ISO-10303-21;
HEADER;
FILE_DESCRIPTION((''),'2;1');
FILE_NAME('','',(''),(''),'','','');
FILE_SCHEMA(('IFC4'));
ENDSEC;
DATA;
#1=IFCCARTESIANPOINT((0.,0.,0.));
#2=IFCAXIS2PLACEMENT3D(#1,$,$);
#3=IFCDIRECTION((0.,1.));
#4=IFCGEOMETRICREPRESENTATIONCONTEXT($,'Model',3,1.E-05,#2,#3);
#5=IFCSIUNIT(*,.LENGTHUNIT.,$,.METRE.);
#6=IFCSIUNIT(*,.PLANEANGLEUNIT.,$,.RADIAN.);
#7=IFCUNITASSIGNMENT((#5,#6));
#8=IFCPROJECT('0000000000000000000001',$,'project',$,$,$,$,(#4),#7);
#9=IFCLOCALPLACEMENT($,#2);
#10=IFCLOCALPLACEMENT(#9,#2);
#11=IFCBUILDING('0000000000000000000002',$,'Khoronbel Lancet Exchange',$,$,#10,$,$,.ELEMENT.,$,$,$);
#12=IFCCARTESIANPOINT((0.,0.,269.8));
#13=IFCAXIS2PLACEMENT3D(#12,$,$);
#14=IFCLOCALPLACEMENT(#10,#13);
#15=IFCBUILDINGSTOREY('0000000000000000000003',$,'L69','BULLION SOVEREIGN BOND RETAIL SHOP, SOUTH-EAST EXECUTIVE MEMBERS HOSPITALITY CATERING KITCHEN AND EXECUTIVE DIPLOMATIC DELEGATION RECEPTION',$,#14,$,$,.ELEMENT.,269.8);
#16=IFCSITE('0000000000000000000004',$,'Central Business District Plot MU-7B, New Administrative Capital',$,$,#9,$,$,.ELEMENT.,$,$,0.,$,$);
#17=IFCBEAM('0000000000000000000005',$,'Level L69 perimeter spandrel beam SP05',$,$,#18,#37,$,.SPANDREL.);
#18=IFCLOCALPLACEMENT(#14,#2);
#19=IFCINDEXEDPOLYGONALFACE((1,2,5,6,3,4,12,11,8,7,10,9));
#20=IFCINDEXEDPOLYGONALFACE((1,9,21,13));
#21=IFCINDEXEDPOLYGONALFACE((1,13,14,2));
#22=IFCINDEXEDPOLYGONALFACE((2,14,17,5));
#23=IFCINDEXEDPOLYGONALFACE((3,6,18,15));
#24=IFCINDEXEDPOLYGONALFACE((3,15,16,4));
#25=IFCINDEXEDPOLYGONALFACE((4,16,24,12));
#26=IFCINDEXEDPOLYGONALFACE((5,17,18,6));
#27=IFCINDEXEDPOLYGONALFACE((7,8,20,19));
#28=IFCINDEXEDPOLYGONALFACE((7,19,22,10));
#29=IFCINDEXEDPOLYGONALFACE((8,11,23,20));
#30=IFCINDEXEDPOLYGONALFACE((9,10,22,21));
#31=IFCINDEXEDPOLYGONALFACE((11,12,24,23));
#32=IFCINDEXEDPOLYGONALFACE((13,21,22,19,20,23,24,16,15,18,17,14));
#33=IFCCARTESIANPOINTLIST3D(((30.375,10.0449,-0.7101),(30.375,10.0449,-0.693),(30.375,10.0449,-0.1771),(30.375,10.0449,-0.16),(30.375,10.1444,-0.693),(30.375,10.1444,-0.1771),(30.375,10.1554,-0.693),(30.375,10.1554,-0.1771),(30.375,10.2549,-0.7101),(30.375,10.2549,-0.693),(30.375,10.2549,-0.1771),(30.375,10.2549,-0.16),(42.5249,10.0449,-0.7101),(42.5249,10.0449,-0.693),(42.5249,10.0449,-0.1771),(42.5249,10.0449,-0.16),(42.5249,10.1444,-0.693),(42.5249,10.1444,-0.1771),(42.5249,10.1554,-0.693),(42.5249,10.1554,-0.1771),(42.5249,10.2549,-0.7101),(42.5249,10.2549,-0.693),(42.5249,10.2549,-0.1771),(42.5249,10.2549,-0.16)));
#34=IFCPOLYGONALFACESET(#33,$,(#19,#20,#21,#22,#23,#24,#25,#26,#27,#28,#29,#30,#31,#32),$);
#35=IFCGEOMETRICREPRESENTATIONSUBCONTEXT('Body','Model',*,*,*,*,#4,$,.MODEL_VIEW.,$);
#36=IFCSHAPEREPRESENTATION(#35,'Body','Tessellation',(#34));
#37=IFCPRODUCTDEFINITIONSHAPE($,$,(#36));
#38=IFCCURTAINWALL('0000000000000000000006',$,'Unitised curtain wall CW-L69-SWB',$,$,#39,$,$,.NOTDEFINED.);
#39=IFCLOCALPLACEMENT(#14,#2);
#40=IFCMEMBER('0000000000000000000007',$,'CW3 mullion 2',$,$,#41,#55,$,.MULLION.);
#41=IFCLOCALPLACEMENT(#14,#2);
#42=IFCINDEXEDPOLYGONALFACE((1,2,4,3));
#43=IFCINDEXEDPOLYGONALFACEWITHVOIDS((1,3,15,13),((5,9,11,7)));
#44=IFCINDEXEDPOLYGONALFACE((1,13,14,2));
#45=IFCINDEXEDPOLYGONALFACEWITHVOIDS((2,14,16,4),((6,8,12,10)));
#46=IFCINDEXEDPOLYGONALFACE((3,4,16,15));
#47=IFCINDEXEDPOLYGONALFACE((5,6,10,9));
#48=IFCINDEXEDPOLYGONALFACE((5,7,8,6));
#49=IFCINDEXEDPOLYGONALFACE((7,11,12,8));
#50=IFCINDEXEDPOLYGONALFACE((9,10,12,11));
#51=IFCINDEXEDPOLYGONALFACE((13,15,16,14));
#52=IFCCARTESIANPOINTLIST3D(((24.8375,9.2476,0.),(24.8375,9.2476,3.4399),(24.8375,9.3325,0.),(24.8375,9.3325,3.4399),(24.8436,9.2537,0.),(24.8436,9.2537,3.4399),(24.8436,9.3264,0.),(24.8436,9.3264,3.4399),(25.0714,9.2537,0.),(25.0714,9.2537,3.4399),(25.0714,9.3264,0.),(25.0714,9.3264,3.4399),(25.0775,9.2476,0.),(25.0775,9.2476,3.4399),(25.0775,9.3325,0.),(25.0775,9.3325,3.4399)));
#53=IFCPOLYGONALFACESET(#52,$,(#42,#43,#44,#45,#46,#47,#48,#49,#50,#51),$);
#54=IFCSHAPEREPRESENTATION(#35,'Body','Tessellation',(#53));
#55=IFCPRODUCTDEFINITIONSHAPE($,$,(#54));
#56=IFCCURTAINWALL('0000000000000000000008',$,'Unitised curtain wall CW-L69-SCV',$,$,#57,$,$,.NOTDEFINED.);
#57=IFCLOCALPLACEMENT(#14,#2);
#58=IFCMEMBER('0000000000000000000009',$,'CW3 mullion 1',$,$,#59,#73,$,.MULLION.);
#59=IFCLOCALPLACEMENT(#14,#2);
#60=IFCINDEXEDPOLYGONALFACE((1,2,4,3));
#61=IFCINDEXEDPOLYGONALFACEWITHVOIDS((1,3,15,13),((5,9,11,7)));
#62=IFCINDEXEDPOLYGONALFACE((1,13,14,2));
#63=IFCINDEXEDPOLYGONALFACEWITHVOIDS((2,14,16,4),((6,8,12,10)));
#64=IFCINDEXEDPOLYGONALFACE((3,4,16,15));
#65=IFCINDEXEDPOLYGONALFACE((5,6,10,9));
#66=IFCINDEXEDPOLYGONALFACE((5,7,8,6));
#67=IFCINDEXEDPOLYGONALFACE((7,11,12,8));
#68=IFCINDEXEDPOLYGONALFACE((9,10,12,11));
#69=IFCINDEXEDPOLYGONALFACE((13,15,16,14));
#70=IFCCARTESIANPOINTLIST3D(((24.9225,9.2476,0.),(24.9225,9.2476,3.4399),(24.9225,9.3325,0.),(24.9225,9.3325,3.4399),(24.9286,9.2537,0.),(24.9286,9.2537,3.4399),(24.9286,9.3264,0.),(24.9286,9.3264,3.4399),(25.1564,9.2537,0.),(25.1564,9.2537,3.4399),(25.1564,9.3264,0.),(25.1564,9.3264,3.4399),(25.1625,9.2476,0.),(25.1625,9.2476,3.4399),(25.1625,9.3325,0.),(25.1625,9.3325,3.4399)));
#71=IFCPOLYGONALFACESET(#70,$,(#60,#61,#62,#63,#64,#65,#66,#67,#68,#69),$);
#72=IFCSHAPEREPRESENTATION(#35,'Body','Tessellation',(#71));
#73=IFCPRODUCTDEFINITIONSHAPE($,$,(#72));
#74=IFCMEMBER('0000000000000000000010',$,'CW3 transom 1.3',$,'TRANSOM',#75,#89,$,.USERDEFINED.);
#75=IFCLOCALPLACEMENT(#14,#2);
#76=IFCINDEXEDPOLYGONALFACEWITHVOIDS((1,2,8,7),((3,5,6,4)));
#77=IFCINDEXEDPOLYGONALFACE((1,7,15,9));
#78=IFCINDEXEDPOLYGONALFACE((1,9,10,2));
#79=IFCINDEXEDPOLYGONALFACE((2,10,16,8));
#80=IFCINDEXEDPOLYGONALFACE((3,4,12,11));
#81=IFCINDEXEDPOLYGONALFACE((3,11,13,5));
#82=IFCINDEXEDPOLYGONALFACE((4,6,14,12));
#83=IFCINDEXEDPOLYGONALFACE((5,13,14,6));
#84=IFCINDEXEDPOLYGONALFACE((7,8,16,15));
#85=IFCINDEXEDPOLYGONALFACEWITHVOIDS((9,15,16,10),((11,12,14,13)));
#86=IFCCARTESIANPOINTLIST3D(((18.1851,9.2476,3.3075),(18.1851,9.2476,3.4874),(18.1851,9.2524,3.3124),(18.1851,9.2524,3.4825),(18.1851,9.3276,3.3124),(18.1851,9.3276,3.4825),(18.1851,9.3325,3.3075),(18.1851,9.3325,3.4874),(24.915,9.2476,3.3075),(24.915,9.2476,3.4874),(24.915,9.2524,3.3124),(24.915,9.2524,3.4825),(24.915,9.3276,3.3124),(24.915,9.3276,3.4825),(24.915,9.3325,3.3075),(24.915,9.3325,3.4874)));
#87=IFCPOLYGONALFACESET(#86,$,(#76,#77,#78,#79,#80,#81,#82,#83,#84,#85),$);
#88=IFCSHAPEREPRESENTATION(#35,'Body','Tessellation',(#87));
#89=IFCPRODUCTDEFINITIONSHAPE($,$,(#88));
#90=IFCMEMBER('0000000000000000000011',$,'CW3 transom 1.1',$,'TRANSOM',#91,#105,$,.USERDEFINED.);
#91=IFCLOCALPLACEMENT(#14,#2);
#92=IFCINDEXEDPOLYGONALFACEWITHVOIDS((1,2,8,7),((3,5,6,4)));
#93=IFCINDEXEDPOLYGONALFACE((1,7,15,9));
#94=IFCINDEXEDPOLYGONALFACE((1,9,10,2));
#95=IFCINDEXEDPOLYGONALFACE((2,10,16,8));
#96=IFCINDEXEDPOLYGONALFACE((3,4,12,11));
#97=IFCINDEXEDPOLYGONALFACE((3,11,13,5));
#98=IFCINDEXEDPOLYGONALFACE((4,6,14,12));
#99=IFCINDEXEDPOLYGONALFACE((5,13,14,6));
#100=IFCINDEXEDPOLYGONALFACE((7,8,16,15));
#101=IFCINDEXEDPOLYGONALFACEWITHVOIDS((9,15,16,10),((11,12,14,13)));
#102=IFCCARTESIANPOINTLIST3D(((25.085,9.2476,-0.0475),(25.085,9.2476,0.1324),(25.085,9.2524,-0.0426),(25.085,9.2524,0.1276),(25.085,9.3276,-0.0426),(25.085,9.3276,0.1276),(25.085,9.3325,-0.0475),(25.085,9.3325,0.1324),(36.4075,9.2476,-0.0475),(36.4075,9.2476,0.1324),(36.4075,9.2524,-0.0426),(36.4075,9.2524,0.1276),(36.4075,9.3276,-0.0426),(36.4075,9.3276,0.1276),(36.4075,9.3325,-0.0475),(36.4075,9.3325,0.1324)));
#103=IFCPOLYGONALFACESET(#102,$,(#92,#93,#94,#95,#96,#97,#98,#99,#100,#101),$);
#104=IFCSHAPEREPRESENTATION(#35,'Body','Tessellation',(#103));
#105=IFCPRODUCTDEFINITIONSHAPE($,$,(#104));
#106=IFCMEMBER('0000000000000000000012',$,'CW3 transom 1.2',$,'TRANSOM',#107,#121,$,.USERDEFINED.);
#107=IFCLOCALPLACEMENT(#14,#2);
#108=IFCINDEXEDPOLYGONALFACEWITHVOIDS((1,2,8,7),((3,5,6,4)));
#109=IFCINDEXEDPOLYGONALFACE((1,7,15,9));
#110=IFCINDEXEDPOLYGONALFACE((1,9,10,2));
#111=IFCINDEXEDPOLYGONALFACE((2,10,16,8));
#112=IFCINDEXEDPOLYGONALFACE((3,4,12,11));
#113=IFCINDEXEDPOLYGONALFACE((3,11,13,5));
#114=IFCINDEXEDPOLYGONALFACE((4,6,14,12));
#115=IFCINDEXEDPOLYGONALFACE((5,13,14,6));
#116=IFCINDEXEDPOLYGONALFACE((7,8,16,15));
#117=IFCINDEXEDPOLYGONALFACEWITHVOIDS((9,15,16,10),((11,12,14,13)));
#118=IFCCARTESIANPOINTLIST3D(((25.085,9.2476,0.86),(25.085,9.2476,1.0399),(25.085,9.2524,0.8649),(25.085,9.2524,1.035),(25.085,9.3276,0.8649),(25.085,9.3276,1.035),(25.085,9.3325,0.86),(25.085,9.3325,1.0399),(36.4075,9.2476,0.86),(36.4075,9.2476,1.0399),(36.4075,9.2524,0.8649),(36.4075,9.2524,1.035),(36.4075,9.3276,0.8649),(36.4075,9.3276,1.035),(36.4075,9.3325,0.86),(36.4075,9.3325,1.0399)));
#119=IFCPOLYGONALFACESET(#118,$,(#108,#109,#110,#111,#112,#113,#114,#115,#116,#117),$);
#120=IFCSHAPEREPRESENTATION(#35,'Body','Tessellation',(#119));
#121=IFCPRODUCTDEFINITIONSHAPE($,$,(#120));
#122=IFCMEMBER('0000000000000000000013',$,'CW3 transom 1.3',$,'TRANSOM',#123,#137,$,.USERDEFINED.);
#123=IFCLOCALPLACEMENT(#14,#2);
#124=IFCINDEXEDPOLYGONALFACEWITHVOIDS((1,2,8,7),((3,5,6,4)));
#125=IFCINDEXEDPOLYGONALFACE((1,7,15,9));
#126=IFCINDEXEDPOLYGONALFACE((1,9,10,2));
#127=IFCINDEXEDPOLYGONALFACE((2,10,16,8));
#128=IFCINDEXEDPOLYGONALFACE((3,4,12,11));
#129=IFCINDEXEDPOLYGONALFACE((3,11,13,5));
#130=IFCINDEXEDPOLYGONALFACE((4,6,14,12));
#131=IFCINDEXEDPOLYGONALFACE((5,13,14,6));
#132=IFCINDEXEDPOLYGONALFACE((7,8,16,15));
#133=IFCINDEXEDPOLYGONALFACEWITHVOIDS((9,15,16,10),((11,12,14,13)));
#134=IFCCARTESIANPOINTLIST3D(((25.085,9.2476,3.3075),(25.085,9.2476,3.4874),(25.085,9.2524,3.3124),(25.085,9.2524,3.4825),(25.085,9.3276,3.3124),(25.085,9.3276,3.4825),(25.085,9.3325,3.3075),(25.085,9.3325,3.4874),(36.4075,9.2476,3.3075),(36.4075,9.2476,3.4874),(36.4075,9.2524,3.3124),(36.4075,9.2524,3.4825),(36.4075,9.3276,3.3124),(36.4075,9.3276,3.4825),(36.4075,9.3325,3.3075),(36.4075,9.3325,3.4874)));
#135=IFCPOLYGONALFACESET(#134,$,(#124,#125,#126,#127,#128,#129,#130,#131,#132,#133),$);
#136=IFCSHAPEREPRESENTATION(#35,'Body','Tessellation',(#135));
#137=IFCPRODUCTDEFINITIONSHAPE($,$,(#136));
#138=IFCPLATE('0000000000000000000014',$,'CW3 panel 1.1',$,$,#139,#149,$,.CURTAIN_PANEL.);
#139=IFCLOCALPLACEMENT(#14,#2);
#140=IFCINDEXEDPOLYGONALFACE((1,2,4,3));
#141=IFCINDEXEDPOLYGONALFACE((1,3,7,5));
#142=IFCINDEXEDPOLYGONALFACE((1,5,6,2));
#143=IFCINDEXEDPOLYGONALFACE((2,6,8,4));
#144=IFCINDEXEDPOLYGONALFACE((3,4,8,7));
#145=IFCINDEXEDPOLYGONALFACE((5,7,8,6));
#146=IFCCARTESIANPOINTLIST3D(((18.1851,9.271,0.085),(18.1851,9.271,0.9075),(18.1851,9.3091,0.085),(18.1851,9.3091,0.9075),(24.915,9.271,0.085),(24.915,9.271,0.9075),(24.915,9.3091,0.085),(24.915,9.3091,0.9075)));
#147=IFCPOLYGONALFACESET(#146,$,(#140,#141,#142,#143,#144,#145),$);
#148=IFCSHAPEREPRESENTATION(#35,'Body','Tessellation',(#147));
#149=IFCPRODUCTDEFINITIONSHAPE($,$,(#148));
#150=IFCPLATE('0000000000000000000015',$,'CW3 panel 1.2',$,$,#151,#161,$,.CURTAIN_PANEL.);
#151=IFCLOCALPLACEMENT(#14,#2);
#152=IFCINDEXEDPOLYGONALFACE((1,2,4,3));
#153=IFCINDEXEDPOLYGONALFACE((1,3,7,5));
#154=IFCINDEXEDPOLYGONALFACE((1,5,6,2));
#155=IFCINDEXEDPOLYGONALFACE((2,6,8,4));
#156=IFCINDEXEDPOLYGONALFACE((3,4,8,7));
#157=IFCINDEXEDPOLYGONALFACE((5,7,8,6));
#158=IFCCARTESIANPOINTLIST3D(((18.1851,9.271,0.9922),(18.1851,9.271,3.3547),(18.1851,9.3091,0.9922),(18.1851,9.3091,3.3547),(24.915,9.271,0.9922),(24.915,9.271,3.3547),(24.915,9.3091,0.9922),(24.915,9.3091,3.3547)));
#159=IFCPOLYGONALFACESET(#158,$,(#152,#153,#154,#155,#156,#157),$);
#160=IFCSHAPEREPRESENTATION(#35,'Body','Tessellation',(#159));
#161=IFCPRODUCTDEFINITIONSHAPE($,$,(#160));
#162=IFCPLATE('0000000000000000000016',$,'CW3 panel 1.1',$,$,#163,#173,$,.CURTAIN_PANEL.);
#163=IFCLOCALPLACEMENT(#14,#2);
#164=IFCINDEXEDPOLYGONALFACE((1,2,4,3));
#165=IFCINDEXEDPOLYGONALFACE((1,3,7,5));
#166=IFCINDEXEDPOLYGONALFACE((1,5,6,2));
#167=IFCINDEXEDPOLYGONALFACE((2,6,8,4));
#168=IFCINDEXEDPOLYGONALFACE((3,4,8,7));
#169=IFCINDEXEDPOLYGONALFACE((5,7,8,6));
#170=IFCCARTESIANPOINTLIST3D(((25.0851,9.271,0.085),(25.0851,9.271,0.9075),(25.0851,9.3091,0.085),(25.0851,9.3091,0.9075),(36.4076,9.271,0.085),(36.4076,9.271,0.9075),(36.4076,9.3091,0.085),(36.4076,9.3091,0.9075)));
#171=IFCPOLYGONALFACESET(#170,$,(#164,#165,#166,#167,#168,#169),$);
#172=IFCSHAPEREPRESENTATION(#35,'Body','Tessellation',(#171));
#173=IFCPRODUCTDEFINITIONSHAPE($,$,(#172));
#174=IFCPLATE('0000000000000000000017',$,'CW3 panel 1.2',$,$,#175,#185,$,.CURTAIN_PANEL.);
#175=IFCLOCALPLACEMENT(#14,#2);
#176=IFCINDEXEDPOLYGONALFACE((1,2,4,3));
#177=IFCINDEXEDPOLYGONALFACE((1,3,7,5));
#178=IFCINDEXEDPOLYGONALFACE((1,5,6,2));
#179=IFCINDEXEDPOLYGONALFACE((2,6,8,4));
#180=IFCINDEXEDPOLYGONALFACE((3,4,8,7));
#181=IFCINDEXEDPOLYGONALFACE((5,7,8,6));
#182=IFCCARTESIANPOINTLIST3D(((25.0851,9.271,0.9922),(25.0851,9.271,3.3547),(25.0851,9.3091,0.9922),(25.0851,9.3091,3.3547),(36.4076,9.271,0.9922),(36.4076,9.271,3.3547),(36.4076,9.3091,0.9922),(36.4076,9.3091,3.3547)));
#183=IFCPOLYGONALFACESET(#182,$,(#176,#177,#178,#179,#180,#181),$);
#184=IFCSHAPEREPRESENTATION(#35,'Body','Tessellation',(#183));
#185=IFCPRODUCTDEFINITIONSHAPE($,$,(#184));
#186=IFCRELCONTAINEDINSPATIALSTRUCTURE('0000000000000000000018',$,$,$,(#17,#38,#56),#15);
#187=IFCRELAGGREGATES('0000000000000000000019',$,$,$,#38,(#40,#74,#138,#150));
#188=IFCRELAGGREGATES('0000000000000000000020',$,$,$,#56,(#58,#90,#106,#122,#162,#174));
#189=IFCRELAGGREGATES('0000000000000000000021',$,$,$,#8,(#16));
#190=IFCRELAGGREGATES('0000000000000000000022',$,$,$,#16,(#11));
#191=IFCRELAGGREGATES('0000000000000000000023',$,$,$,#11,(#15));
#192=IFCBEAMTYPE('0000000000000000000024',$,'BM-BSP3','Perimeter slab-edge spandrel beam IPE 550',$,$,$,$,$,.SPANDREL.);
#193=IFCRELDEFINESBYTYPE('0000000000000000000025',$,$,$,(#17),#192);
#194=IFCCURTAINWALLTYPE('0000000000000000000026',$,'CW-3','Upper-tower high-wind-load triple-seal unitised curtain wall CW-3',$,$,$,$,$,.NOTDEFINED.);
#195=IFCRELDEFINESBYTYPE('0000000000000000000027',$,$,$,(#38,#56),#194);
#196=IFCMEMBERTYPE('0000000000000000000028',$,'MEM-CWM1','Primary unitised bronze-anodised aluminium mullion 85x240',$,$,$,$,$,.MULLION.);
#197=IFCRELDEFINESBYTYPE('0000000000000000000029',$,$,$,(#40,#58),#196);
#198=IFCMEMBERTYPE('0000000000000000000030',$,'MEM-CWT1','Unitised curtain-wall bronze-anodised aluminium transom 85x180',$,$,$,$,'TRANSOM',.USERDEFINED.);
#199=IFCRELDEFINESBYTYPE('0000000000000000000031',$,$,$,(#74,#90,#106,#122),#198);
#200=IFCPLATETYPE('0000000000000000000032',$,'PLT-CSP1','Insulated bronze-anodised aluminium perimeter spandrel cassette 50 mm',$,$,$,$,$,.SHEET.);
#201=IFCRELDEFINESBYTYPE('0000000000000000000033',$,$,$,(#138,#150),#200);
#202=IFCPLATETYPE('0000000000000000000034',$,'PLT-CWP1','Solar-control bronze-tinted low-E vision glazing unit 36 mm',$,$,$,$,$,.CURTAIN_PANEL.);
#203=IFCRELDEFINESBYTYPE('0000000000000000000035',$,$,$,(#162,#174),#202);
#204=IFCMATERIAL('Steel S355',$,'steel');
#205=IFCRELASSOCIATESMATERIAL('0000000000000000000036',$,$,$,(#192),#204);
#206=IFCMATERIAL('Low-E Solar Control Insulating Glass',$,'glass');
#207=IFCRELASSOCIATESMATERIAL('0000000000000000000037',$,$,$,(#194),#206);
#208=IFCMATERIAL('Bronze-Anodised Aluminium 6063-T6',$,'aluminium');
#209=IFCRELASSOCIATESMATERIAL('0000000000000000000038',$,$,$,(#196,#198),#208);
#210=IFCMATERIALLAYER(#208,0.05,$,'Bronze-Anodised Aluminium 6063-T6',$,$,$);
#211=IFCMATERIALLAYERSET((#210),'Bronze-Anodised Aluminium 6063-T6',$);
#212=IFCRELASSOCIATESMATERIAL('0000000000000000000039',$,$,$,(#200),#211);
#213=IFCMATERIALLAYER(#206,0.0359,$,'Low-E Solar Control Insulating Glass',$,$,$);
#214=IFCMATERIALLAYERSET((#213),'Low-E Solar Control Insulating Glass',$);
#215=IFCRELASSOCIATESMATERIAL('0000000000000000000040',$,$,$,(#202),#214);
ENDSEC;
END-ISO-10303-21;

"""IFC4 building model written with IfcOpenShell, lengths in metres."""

from ifc_helpers import new_model, si_unit, direction, frame, origin, origin_2d, place, context, subcontext, project, spatial, rectangle, hollow_rectangle, i_section, extrude, material, layer, layer_set, material_profile, profile_set, type_object, element, aggregate, save


model = new_model("IFC4")

# Units and contexts
model_context = context("Model", 3, precision=1e-05, world=origin(), true_north=direction((0.0, 1.0)))
body_context = subcontext(model_context, "Body", "Model", "MODEL_VIEW")
ifc_project = project(units=[si_unit("LENGTHUNIT", "METRE"), si_unit("PLANEANGLEUNIT", "RADIAN")], contexts=[model_context])

# Site, building, storey
site_placement = place(None, origin())
site = spatial("IfcSite", under=ifc_project, at=site_placement, Name="Central Business District Plot MU-7B, New Administrative Capital", CompositionType="ELEMENT", RefElevation=0.0)
building_placement = place(site_placement, origin())
building = spatial("IfcBuilding", under=site, at=building_placement, Name="Khoronbel Lancet Exchange", CompositionType="ELEMENT")
storey_placement = place(building_placement, frame((0.0, 0.0, 269.8)))
storey = spatial("IfcBuildingStorey", under=building, at=storey_placement, Name="L69", Description="BULLION SOVEREIGN BOND RETAIL SHOP, SOUTH-EAST EXECUTIVE MEMBERS HOSPITALITY CATERING KITCHEN AND EXECUTIVE DIPLOMATIC DELEGATION RECEPTION", CompositionType="ELEMENT", Elevation=269.8)

# Beam
ifc_material_1 = material(Name="Steel S355", Category="steel")
ifc_material_profile_1 = material_profile(ifc_material_1, i_section(OverallWidth=0.21, OverallDepth=0.55, WebThickness=0.011, FlangeThickness=0.0171, at=origin_2d()), Name="IPE 550")
ifc_profile_set_1 = profile_set([ifc_material_profile_1], Name="Steel S355")
beam_type_1 = type_object("IfcBeamType", Name="BM-BSP3", Description="Perimeter slab-edge spandrel beam IPE 550", PredefinedType="SPANDREL", material=ifc_profile_set_1)
beam_1_placement = place(storey_placement, frame((30.375, 10.1499, -0.4351), z_axis=(1.0, 0.0, 0.0), x_axis=(0.0, 1.0, 0.0)))
element("IfcBeam", 1, at=beam_1_placement, inside=storey, type_object=beam_type_1, Name="Level L69 perimeter spandrel beam SP05", PredefinedType="SPANDREL", context=body_context, shape_type="SweptSolid", body=[
    extrude(i_section(OverallWidth=0.21, OverallDepth=0.55, WebThickness=0.011, FlangeThickness=0.0171, at=origin_2d()), origin(), (0.0, 0.0, 1.0), 12.1499),
])

# Curtain walls, members
ifc_material_2 = material(Name="Low-E Solar Control Insulating Glass", Category="glass")
curtain_wall_type = type_object("IfcCurtainWallType", Name="CW-3", Description="Upper-tower high-wind-load triple-seal unitised curtain wall CW-3", PredefinedType="NOTDEFINED", material=ifc_material_2)
curtain_wall_1_placement = place(storey_placement, origin())
curtain_wall_1 = element("IfcCurtainWall", 2, at=curtain_wall_1_placement, inside=storey, type_object=curtain_wall_type, Name="Unitised curtain wall CW-L69-SWB", PredefinedType="NOTDEFINED")
ifc_material_3 = material(Name="Bronze-Anodised Aluminium 6063-T6", Category="aluminium")
ifc_material_profile_2 = material_profile(ifc_material_3, hollow_rectangle(XDim=0.085, YDim=0.24, WallThickness=0.0061, at=origin_2d()), Name="ALU MULLION 85x240")
ifc_profile_set_2 = profile_set([ifc_material_profile_2], Name="Bronze-Anodised Aluminium 6063-T6")
member_type_1 = type_object("IfcMemberType", Name="MEM-CWM1", Description="Primary unitised bronze-anodised aluminium mullion 85x240", PredefinedType="MULLION", material=ifc_profile_set_2)
member_1_placement = place(storey_placement, frame((24.9575, 9.29, 0.0), z_axis=(0.0, 0.0, 1.0), x_axis=(0.0, 1.0, 0.0)))
member_1 = element("IfcMember", 3, at=member_1_placement, type_object=member_type_1, Name="CW3 mullion 2", PredefinedType="MULLION", context=body_context, shape_type="SweptSolid", body=[
    extrude(hollow_rectangle(XDim=0.085, YDim=0.24, WallThickness=0.0061, at=origin_2d()), origin(), (0.0, 0.0, 1.0), 3.4399),
])
curtain_wall_2_placement = place(storey_placement, origin())
curtain_wall_2 = element("IfcCurtainWall", 4, at=curtain_wall_2_placement, inside=storey, type_object=curtain_wall_type, Name="Unitised curtain wall CW-L69-SCV", PredefinedType="NOTDEFINED")
member_2_placement = place(storey_placement, frame((25.0425, 9.29, 0.0), z_axis=(0.0, 0.0, 1.0), x_axis=(0.0, 1.0, 0.0)))
member_2 = element("IfcMember", 5, at=member_2_placement, type_object=member_type_1, Name="CW3 mullion 1", PredefinedType="MULLION", context=body_context, shape_type="SweptSolid", body=[
    extrude(hollow_rectangle(XDim=0.085, YDim=0.24, WallThickness=0.0061, at=origin_2d()), origin(), (0.0, 0.0, 1.0), 3.4399),
])

# Members
ifc_material_profile_3 = material_profile(ifc_material_3, hollow_rectangle(XDim=0.085, YDim=0.1799, WallThickness=0.0049, at=origin_2d()), Name="ALU TRANSOM 85x180")
ifc_profile_set_3 = profile_set([ifc_material_profile_3], Name="Bronze-Anodised Aluminium 6063-T6")
member_type_2 = type_object("IfcMemberType", Name="MEM-CWT1", Description="Unitised curtain-wall bronze-anodised aluminium transom 85x180", ElementType="TRANSOM", PredefinedType="USERDEFINED", material=ifc_profile_set_3)
member_3_placement = place(storey_placement, frame((18.1851, 9.29, 3.3975), z_axis=(1.0, 0.0, 0.0), x_axis=(0.0, 1.0, 0.0)))
member_3 = element("IfcMember", 6, at=member_3_placement, type_object=member_type_2, Name="CW3 transom 1.3", ObjectType="TRANSOM", PredefinedType="USERDEFINED", context=body_context, shape_type="SweptSolid", body=[
    extrude(hollow_rectangle(XDim=0.085, YDim=0.1799, WallThickness=0.0049, at=origin_2d()), origin(), (0.0, 0.0, 1.0), 6.73),
])
member_4_placement = place(storey_placement, frame((25.085, 9.29, 0.0425), z_axis=(1.0, 0.0, 0.0), x_axis=(0.0, 1.0, 0.0)))
member_4 = element("IfcMember", 7, at=member_4_placement, type_object=member_type_2, Name="CW3 transom 1.1", ObjectType="TRANSOM", PredefinedType="USERDEFINED", context=body_context, shape_type="SweptSolid", body=[
    extrude(hollow_rectangle(XDim=0.085, YDim=0.1799, WallThickness=0.0049, at=origin_2d()), origin(), (0.0, 0.0, 1.0), 11.3225),
])
member_5_placement = place(storey_placement, frame((25.085, 9.29, 0.95), z_axis=(1.0, 0.0, 0.0), x_axis=(0.0, 1.0, 0.0)))
member_5 = element("IfcMember", 8, at=member_5_placement, type_object=member_type_2, Name="CW3 transom 1.2", ObjectType="TRANSOM", PredefinedType="USERDEFINED", context=body_context, shape_type="SweptSolid", body=[
    extrude(hollow_rectangle(XDim=0.085, YDim=0.1799, WallThickness=0.0049, at=origin_2d()), origin(), (0.0, 0.0, 1.0), 11.3225),
])
member_6_placement = place(storey_placement, frame((25.085, 9.29, 3.3975), z_axis=(1.0, 0.0, 0.0), x_axis=(0.0, 1.0, 0.0)))
member_6 = element("IfcMember", 9, at=member_6_placement, type_object=member_type_2, Name="CW3 transom 1.3", ObjectType="TRANSOM", PredefinedType="USERDEFINED", context=body_context, shape_type="SweptSolid", body=[
    extrude(hollow_rectangle(XDim=0.085, YDim=0.1799, WallThickness=0.0049, at=origin_2d()), origin(), (0.0, 0.0, 1.0), 11.3225),
])

# Plates
ifc_layer_1 = layer(ifc_material_3, 0.05, Name="Bronze-Anodised Aluminium 6063-T6")
ifc_layer_set_1 = layer_set([ifc_layer_1], Name="Bronze-Anodised Aluminium 6063-T6")
plate_type_1 = type_object("IfcPlateType", Name="PLT-CSP1", Description="Insulated bronze-anodised aluminium perimeter spandrel cassette 50 mm", PredefinedType="SHEET", material=ifc_layer_set_1)
plate_1_placement = place(storey_placement, frame((21.55, 9.29, 0.085), z_axis=(0.0, 0.0, 1.0), x_axis=(1.0, 0.0, 0.0)))
plate_1 = element("IfcPlate", 10, at=plate_1_placement, type_object=plate_type_1, Name="CW3 panel 1.1", PredefinedType="CURTAIN_PANEL", context=body_context, shape_type="SweptSolid", body=[
    extrude(rectangle(XDim=6.73, YDim=0.0381, at=origin_2d()), origin(), (0.0, 0.0, 1.0), 0.8225),
])
plate_2_placement = place(storey_placement, frame((21.55, 9.29, 0.9922), z_axis=(0.0, 0.0, 1.0), x_axis=(1.0, 0.0, 0.0)))
plate_2 = element("IfcPlate", 11, at=plate_2_placement, type_object=plate_type_1, Name="CW3 panel 1.2", PredefinedType="CURTAIN_PANEL", context=body_context, shape_type="SweptSolid", body=[
    extrude(rectangle(XDim=6.73, YDim=0.0381, at=origin_2d()), origin(), (0.0, 0.0, 1.0), 2.3625),
])
aggregate(curtain_wall_1, [member_1, member_3, plate_1, plate_2])
ifc_layer_2 = layer(ifc_material_2, 0.0359, Name="Low-E Solar Control Insulating Glass")
ifc_layer_set_2 = layer_set([ifc_layer_2], Name="Low-E Solar Control Insulating Glass")
plate_type_2 = type_object("IfcPlateType", Name="PLT-CWP1", Description="Solar-control bronze-tinted low-E vision glazing unit 36 mm", PredefinedType="CURTAIN_PANEL", material=ifc_layer_set_2)
plate_3_placement = place(storey_placement, frame((30.7463, 9.29, 0.085), z_axis=(0.0, 0.0, 1.0), x_axis=(1.0, 0.0, 0.0)))
plate_3 = element("IfcPlate", 12, at=plate_3_placement, type_object=plate_type_2, Name="CW3 panel 1.1", PredefinedType="CURTAIN_PANEL", context=body_context, shape_type="SweptSolid", body=[
    extrude(rectangle(XDim=11.3225, YDim=0.0381, at=origin_2d()), origin(), (0.0, 0.0, 1.0), 0.8225),
])
plate_4_placement = place(storey_placement, frame((30.7463, 9.29, 0.9922), z_axis=(0.0, 0.0, 1.0), x_axis=(1.0, 0.0, 0.0)))
plate_4 = element("IfcPlate", 13, at=plate_4_placement, type_object=plate_type_2, Name="CW3 panel 1.2", PredefinedType="CURTAIN_PANEL", context=body_context, shape_type="SweptSolid", body=[
    extrude(rectangle(XDim=11.3225, YDim=0.0381, at=origin_2d()), origin(), (0.0, 0.0, 1.0), 2.3625),
])
aggregate(curtain_wall_2, [member_2, member_4, member_5, member_6, plate_3, plate_4])

save(model, "model.ifc")
